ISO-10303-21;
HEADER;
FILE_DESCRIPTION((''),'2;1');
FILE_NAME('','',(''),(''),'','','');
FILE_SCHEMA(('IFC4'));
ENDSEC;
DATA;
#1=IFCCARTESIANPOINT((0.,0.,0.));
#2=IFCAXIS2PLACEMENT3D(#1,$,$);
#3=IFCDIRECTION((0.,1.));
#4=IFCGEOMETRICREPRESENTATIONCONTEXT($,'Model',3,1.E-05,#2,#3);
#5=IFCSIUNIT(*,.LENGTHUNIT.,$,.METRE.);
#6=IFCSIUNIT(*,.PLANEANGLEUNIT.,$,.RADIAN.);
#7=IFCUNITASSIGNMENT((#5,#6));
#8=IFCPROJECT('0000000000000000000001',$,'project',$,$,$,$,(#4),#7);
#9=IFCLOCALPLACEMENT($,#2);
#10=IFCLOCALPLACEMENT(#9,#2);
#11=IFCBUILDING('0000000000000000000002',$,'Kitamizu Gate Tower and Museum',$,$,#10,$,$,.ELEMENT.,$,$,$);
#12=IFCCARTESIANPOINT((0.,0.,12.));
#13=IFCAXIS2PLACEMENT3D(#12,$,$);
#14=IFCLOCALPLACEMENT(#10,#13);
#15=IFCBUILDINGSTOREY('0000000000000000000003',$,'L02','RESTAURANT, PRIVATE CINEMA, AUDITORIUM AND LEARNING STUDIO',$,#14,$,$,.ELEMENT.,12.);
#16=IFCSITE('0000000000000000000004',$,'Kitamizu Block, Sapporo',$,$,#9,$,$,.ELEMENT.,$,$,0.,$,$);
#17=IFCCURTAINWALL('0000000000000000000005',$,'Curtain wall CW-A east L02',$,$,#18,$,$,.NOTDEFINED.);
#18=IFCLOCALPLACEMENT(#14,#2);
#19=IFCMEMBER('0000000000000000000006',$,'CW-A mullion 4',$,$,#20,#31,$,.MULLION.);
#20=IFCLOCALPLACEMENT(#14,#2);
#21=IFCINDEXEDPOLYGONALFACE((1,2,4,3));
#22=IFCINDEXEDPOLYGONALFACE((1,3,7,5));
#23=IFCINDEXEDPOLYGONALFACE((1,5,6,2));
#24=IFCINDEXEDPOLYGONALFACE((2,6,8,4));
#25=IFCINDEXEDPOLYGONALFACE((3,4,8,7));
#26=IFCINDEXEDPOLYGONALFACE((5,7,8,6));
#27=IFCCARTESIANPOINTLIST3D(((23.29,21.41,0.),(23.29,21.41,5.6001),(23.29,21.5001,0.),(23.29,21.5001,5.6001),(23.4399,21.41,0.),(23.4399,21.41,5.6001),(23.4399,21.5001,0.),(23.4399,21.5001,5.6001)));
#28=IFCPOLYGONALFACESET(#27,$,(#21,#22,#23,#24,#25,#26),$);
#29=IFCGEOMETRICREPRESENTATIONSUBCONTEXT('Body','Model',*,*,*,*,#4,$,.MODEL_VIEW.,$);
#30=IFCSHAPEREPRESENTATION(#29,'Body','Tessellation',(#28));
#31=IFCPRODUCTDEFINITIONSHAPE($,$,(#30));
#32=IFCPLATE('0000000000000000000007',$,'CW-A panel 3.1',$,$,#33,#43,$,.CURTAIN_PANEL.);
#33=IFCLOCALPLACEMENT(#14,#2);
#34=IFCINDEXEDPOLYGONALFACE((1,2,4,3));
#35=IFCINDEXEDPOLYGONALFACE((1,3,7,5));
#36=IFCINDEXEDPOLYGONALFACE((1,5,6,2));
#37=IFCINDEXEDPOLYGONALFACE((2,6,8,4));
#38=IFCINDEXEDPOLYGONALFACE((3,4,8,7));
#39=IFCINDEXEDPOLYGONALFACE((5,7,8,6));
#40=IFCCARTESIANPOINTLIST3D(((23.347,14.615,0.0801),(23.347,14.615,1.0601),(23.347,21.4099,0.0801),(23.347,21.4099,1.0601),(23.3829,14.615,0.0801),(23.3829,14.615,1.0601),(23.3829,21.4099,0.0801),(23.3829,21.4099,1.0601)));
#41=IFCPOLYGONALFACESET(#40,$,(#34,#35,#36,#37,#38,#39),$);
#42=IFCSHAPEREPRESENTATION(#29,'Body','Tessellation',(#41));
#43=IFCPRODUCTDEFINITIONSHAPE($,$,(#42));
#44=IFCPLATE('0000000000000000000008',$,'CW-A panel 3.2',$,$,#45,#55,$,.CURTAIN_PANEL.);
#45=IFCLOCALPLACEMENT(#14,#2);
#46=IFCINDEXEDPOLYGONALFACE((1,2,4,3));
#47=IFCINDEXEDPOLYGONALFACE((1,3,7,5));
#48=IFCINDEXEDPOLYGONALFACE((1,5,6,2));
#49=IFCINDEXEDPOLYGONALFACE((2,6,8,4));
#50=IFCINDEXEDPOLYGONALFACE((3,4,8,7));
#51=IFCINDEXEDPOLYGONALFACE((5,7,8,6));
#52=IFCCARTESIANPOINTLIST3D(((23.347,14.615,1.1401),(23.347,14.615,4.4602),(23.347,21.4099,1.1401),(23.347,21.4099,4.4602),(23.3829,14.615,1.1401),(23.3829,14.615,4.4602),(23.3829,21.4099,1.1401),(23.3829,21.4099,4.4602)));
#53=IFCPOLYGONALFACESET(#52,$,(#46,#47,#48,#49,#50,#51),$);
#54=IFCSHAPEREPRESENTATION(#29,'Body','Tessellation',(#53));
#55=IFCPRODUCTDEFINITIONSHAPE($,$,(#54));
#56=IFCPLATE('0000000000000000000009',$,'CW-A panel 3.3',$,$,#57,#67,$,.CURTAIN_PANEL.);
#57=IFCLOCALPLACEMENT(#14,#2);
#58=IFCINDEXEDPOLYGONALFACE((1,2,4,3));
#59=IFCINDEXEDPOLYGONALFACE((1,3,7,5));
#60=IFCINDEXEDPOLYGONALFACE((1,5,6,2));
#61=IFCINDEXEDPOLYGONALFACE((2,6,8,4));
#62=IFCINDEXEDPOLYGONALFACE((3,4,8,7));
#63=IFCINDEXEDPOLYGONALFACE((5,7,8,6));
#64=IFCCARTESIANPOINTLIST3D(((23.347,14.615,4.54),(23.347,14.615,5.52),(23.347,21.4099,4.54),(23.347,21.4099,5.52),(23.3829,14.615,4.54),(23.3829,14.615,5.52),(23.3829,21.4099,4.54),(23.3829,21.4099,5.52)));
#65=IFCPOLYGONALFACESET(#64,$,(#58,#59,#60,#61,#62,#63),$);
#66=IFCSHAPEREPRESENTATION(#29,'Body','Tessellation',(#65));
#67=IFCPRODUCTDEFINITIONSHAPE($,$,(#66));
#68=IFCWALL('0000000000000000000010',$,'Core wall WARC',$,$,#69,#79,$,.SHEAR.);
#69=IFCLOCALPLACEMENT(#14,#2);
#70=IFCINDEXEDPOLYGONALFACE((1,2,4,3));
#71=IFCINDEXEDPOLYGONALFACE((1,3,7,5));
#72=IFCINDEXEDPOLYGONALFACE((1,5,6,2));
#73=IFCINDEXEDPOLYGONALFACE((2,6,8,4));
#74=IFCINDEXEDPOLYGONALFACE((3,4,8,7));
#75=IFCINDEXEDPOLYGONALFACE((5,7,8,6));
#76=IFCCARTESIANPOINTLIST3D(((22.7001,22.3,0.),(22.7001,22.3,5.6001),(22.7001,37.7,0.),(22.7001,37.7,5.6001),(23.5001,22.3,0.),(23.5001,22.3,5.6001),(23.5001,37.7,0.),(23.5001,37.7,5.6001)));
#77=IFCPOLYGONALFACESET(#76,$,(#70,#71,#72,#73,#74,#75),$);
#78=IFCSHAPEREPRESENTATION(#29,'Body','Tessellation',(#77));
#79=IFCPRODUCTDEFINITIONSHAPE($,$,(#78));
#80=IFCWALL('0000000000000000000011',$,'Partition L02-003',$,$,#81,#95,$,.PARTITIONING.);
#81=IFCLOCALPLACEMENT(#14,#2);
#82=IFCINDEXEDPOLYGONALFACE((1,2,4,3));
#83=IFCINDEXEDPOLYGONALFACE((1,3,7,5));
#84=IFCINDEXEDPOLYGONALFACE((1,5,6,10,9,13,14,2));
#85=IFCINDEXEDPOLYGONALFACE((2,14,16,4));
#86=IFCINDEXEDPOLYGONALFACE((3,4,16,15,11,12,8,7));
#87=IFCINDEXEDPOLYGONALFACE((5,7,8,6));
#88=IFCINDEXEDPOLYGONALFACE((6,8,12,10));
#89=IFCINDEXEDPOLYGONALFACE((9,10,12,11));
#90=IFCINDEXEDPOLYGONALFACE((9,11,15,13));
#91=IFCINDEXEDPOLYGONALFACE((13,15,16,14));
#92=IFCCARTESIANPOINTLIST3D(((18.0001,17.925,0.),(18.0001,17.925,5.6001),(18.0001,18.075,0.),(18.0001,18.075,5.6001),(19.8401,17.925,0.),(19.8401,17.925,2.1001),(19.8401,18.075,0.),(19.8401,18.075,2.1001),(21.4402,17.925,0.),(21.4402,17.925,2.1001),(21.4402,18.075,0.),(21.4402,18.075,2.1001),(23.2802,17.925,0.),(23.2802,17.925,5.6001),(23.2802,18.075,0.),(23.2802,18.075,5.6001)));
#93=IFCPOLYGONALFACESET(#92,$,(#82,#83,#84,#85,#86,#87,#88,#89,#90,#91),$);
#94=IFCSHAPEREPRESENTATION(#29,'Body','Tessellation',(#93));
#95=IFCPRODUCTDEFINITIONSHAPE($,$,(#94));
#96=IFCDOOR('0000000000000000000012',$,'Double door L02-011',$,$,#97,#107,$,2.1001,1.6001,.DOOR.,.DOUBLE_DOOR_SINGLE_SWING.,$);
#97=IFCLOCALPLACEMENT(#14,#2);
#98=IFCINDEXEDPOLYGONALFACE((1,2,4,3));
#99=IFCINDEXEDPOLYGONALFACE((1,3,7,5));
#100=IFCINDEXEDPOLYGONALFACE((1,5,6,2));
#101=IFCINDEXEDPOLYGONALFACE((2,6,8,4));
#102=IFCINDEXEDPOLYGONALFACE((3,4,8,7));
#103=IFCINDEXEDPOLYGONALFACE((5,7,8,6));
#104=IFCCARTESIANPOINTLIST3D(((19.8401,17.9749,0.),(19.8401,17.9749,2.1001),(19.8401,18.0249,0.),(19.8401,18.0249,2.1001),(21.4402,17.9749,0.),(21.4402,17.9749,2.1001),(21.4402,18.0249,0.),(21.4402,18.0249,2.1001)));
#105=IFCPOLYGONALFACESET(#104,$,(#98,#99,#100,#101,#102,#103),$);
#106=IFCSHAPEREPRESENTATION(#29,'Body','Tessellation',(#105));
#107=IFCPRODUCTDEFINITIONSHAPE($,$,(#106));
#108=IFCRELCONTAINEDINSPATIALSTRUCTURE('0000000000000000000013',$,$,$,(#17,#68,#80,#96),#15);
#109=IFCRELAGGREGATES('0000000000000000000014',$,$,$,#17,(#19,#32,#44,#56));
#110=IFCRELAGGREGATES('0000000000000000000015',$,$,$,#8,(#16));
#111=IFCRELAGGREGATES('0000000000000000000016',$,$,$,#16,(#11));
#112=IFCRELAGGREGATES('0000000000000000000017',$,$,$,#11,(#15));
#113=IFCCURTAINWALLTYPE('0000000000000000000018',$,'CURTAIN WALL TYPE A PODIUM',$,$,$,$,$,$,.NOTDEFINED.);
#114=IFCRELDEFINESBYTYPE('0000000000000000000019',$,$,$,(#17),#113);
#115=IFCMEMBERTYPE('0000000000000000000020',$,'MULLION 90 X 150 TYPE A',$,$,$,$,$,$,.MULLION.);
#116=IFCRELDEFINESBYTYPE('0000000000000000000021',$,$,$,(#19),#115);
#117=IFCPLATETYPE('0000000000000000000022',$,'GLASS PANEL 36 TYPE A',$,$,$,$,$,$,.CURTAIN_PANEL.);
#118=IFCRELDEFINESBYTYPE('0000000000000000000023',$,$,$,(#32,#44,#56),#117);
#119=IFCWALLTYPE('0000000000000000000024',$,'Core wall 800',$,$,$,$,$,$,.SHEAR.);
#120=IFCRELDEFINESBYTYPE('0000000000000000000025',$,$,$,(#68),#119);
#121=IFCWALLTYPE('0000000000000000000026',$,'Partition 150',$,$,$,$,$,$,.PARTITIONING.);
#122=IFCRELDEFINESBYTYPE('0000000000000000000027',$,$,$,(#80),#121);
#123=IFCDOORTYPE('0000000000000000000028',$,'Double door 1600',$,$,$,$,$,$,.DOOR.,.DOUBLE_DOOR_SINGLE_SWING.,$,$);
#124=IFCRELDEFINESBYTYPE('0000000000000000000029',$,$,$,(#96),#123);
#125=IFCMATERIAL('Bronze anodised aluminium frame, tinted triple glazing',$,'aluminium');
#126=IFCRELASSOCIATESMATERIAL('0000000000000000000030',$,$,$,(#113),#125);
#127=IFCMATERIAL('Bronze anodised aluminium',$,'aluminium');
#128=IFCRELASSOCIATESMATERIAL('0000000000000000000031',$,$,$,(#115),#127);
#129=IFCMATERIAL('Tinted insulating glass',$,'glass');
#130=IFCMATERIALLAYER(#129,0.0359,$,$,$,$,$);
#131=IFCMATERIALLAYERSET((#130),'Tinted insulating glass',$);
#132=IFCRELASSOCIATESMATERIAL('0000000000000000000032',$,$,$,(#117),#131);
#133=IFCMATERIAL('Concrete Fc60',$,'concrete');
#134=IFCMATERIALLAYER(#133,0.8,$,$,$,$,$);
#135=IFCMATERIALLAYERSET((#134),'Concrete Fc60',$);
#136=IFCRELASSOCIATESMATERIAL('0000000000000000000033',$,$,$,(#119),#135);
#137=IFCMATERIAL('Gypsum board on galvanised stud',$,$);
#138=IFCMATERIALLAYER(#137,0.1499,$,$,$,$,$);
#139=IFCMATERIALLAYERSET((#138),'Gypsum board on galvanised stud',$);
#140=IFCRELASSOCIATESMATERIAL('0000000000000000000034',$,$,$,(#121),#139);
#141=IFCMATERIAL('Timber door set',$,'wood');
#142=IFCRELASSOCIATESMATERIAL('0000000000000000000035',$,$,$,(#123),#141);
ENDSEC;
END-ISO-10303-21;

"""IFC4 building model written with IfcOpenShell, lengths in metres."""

from ifc_helpers import new_model, si_unit, direction, frame, frame_2d, origin, origin_2d, place, context, subcontext, project, spatial, rectangle, extrude, material, layer, layer_set, material_profile, profile_set, type_object, element, fill, aggregate, save


model = new_model("IFC4")

# Units and contexts
model_context = context("Model", 3, precision=1e-05, world=origin(), true_north=direction((0.0, 1.0)))
body_context = subcontext(model_context, "Body", "Model", "MODEL_VIEW")
ifc_project = project(units=[si_unit("LENGTHUNIT", "METRE"), si_unit("PLANEANGLEUNIT", "RADIAN")], contexts=[model_context])

# Site, building, storey
site_placement = place(None, origin())
site = spatial("IfcSite", under=ifc_project, at=site_placement, Name="Kitamizu Block, Sapporo", CompositionType="ELEMENT", RefElevation=0.0)
building_placement = place(site_placement, origin())
building = spatial("IfcBuilding", under=site, at=building_placement, Name="Kitamizu Gate Tower and Museum", CompositionType="ELEMENT")
storey_placement = place(building_placement, frame((0.0, 0.0, 12.0)))
storey = spatial("IfcBuildingStorey", under=building, at=storey_placement, Name="L02", Description="RESTAURANT, PRIVATE CINEMA, AUDITORIUM AND LEARNING STUDIO", CompositionType="ELEMENT", Elevation=12.0)

# Curtain wall, member, plates
ifc_material_1 = material(Name="Bronze anodised aluminium frame, tinted triple glazing", Category="aluminium")
curtain_wall_type = type_object("IfcCurtainWallType", Name="CURTAIN WALL TYPE A PODIUM", PredefinedType="NOTDEFINED", material=ifc_material_1)
curtain_wall_placement = place(storey_placement, origin())
curtain_wall = element("IfcCurtainWall", 1, at=curtain_wall_placement, inside=storey, type_object=curtain_wall_type, Name="Curtain wall CW-A east L02", PredefinedType="NOTDEFINED")
ifc_material_2 = material(Name="Bronze anodised aluminium", Category="aluminium")
ifc_material_profile = material_profile(ifc_material_2, rectangle(XDim=0.0901, YDim=0.1499, at=origin_2d()), Name="AL 90X150")
ifc_profile_set = profile_set([ifc_material_profile], Name="Bronze anodised aluminium")
member_type = type_object("IfcMemberType", Name="MULLION 90 X 150 TYPE A", PredefinedType="MULLION", material=ifc_profile_set)
member_placement = place(storey_placement, frame((23.365, 21.4551, 0.0), z_axis=(0.0, 0.0, 1.0), x_axis=(0.0, 1.0, 0.0)))
member = element("IfcMember", 2, at=member_placement, type_object=member_type, Name="CW-A mullion 4", PredefinedType="MULLION", context=body_context, shape_type="SweptSolid", body=[
    extrude(rectangle(XDim=0.0901, YDim=0.1499, at=origin_2d()), origin(), (0.0, 0.0, 1.0), 5.6001),
])
ifc_material_3 = material(Name="Tinted insulating glass", Category="glass")
ifc_layer_1 = layer(ifc_material_3, 0.0359)
ifc_layer_set_1 = layer_set([ifc_layer_1], Name="Tinted insulating glass")
plate_type = type_object("IfcPlateType", Name="GLASS PANEL 36 TYPE A", PredefinedType="CURTAIN_PANEL", material=ifc_layer_set_1)
plate_1_placement = place(storey_placement, frame((23.365, 18.0125, 0.0801), z_axis=(0.0, 0.0, 1.0), x_axis=(0.0, 1.0, 0.0)))
plate_1 = element("IfcPlate", 3, at=plate_1_placement, type_object=plate_type, Name="CW-A panel 3.1", PredefinedType="CURTAIN_PANEL", context=body_context, shape_type="SweptSolid", body=[
    extrude(rectangle(XDim=6.7949, YDim=0.0359, at=origin_2d()), origin(), (0.0, 0.0, 1.0), 0.98),
])
plate_2_placement = place(storey_placement, frame((23.365, 18.0125, 1.1401), z_axis=(0.0, 0.0, 1.0), x_axis=(0.0, 1.0, 0.0)))
plate_2 = element("IfcPlate", 4, at=plate_2_placement, type_object=plate_type, Name="CW-A panel 3.2", PredefinedType="CURTAIN_PANEL", context=body_context, shape_type="SweptSolid", body=[
    extrude(rectangle(XDim=6.7949, YDim=0.0359, at=origin_2d()), origin(), (0.0, 0.0, 1.0), 3.3201),
])
plate_3_placement = place(storey_placement, frame((23.365, 18.0125, 4.54), z_axis=(0.0, 0.0, 1.0), x_axis=(0.0, 1.0, 0.0)))
plate_3 = element("IfcPlate", 5, at=plate_3_placement, type_object=plate_type, Name="CW-A panel 3.3", PredefinedType="CURTAIN_PANEL", context=body_context, shape_type="SweptSolid", body=[
    extrude(rectangle(XDim=6.7949, YDim=0.0359, at=origin_2d()), origin(), (0.0, 0.0, 1.0), 0.98),
])
aggregate(curtain_wall, [member, plate_1, plate_2, plate_3])

# Wall
ifc_material_4 = material(Name="Concrete Fc60", Category="concrete")
ifc_layer_2 = layer(ifc_material_4, 0.8)
ifc_layer_set_2 = layer_set([ifc_layer_2], Name="Concrete Fc60")
wall_type_1 = type_object("IfcWallType", Name="Core wall 800", PredefinedType="SHEAR", material=ifc_layer_set_2)
wall_1_placement = place(storey_placement, frame((23.1001, 22.3, 0.0), z_axis=(0.0, 0.0, 1.0), x_axis=(0.0, 1.0, 0.0)))
element("IfcWall", 6, at=wall_1_placement, inside=storey, type_object=wall_type_1, Name="Core wall WARC", PredefinedType="SHEAR", context=body_context, shape_type="SweptSolid", body=[
    extrude(rectangle(XDim=15.3999, YDim=0.8, at=frame_2d((7.7, 0.0))), origin(), (0.0, 0.0, 1.0), 5.6001),
])

# Wall, opening, door
ifc_material_5 = material(Name="Gypsum board on galvanised stud")
ifc_layer_3 = layer(ifc_material_5, 0.1499)
ifc_layer_set_3 = layer_set([ifc_layer_3], Name="Gypsum board on galvanised stud")
wall_type_2 = type_object("IfcWallType", Name="Partition 150", PredefinedType="PARTITIONING", material=ifc_layer_set_3)
wall_2_placement = place(storey_placement, frame((18.0, 18.0, 0.0), z_axis=(0.0, 0.0, 1.0), x_axis=(1.0, 0.0, 0.0)))
wall_2 = element("IfcWall", 7, at=wall_2_placement, inside=storey, type_object=wall_type_2, Name="Partition L02-003", PredefinedType="PARTITIONING", context=body_context, shape_type="SweptSolid", body=[
    extrude(rectangle(XDim=5.28, YDim=0.1499, at=frame_2d((2.6401, 0.0))), origin(), (0.0, 0.0, 1.0), 5.6001),
])
opening_1_placement = place(wall_2_placement, frame((1.8401, 0.0, 0.0)))
opening_1 = element("IfcOpeningElement", 8, at=opening_1_placement, cuts=wall_2, PredefinedType="OPENING", context=body_context, shape_type="SweptSolid", body=[
    extrude(rectangle(XDim=1.6001, YDim=2.1001, at=frame_2d((0.8, 1.05))), frame((0.0, 0.085, 0.0), z_axis=(0.0, -1.0, 0.0), x_axis=(1.0, 0.0, 0.0)), (0.0, 0.0, 1.0), 0.1699),
])
ifc_material_6 = material(Name="Timber door set", Category="wood")
door_type_1 = type_object("IfcDoorType", Name="Double door 1600", OperationType="DOUBLE_DOOR_SINGLE_SWING", PredefinedType="DOOR", material=ifc_material_6)
door_1_placement = place(opening_1_placement, origin())
door_1 = element("IfcDoor", 9, at=door_1_placement, inside=storey, type_object=door_type_1, Name="Double door L02-011", OperationType="DOUBLE_DOOR_SINGLE_SWING", OverallHeight=2.1001, OverallWidth=1.6001, PredefinedType="DOOR", context=body_context, shape_type="SweptSolid", body=[
    extrude(rectangle(XDim=1.6001, YDim=2.1001, at=frame_2d((0.8, 1.05))), frame((0.0, 0.0249, 0.0), z_axis=(0.0, -1.0, 0.0), x_axis=(1.0, 0.0, 0.0)), (0.0, 0.0, 1.0), 0.05),
])
fill(opening_1, door_1)

save(model, "model.ifc")
